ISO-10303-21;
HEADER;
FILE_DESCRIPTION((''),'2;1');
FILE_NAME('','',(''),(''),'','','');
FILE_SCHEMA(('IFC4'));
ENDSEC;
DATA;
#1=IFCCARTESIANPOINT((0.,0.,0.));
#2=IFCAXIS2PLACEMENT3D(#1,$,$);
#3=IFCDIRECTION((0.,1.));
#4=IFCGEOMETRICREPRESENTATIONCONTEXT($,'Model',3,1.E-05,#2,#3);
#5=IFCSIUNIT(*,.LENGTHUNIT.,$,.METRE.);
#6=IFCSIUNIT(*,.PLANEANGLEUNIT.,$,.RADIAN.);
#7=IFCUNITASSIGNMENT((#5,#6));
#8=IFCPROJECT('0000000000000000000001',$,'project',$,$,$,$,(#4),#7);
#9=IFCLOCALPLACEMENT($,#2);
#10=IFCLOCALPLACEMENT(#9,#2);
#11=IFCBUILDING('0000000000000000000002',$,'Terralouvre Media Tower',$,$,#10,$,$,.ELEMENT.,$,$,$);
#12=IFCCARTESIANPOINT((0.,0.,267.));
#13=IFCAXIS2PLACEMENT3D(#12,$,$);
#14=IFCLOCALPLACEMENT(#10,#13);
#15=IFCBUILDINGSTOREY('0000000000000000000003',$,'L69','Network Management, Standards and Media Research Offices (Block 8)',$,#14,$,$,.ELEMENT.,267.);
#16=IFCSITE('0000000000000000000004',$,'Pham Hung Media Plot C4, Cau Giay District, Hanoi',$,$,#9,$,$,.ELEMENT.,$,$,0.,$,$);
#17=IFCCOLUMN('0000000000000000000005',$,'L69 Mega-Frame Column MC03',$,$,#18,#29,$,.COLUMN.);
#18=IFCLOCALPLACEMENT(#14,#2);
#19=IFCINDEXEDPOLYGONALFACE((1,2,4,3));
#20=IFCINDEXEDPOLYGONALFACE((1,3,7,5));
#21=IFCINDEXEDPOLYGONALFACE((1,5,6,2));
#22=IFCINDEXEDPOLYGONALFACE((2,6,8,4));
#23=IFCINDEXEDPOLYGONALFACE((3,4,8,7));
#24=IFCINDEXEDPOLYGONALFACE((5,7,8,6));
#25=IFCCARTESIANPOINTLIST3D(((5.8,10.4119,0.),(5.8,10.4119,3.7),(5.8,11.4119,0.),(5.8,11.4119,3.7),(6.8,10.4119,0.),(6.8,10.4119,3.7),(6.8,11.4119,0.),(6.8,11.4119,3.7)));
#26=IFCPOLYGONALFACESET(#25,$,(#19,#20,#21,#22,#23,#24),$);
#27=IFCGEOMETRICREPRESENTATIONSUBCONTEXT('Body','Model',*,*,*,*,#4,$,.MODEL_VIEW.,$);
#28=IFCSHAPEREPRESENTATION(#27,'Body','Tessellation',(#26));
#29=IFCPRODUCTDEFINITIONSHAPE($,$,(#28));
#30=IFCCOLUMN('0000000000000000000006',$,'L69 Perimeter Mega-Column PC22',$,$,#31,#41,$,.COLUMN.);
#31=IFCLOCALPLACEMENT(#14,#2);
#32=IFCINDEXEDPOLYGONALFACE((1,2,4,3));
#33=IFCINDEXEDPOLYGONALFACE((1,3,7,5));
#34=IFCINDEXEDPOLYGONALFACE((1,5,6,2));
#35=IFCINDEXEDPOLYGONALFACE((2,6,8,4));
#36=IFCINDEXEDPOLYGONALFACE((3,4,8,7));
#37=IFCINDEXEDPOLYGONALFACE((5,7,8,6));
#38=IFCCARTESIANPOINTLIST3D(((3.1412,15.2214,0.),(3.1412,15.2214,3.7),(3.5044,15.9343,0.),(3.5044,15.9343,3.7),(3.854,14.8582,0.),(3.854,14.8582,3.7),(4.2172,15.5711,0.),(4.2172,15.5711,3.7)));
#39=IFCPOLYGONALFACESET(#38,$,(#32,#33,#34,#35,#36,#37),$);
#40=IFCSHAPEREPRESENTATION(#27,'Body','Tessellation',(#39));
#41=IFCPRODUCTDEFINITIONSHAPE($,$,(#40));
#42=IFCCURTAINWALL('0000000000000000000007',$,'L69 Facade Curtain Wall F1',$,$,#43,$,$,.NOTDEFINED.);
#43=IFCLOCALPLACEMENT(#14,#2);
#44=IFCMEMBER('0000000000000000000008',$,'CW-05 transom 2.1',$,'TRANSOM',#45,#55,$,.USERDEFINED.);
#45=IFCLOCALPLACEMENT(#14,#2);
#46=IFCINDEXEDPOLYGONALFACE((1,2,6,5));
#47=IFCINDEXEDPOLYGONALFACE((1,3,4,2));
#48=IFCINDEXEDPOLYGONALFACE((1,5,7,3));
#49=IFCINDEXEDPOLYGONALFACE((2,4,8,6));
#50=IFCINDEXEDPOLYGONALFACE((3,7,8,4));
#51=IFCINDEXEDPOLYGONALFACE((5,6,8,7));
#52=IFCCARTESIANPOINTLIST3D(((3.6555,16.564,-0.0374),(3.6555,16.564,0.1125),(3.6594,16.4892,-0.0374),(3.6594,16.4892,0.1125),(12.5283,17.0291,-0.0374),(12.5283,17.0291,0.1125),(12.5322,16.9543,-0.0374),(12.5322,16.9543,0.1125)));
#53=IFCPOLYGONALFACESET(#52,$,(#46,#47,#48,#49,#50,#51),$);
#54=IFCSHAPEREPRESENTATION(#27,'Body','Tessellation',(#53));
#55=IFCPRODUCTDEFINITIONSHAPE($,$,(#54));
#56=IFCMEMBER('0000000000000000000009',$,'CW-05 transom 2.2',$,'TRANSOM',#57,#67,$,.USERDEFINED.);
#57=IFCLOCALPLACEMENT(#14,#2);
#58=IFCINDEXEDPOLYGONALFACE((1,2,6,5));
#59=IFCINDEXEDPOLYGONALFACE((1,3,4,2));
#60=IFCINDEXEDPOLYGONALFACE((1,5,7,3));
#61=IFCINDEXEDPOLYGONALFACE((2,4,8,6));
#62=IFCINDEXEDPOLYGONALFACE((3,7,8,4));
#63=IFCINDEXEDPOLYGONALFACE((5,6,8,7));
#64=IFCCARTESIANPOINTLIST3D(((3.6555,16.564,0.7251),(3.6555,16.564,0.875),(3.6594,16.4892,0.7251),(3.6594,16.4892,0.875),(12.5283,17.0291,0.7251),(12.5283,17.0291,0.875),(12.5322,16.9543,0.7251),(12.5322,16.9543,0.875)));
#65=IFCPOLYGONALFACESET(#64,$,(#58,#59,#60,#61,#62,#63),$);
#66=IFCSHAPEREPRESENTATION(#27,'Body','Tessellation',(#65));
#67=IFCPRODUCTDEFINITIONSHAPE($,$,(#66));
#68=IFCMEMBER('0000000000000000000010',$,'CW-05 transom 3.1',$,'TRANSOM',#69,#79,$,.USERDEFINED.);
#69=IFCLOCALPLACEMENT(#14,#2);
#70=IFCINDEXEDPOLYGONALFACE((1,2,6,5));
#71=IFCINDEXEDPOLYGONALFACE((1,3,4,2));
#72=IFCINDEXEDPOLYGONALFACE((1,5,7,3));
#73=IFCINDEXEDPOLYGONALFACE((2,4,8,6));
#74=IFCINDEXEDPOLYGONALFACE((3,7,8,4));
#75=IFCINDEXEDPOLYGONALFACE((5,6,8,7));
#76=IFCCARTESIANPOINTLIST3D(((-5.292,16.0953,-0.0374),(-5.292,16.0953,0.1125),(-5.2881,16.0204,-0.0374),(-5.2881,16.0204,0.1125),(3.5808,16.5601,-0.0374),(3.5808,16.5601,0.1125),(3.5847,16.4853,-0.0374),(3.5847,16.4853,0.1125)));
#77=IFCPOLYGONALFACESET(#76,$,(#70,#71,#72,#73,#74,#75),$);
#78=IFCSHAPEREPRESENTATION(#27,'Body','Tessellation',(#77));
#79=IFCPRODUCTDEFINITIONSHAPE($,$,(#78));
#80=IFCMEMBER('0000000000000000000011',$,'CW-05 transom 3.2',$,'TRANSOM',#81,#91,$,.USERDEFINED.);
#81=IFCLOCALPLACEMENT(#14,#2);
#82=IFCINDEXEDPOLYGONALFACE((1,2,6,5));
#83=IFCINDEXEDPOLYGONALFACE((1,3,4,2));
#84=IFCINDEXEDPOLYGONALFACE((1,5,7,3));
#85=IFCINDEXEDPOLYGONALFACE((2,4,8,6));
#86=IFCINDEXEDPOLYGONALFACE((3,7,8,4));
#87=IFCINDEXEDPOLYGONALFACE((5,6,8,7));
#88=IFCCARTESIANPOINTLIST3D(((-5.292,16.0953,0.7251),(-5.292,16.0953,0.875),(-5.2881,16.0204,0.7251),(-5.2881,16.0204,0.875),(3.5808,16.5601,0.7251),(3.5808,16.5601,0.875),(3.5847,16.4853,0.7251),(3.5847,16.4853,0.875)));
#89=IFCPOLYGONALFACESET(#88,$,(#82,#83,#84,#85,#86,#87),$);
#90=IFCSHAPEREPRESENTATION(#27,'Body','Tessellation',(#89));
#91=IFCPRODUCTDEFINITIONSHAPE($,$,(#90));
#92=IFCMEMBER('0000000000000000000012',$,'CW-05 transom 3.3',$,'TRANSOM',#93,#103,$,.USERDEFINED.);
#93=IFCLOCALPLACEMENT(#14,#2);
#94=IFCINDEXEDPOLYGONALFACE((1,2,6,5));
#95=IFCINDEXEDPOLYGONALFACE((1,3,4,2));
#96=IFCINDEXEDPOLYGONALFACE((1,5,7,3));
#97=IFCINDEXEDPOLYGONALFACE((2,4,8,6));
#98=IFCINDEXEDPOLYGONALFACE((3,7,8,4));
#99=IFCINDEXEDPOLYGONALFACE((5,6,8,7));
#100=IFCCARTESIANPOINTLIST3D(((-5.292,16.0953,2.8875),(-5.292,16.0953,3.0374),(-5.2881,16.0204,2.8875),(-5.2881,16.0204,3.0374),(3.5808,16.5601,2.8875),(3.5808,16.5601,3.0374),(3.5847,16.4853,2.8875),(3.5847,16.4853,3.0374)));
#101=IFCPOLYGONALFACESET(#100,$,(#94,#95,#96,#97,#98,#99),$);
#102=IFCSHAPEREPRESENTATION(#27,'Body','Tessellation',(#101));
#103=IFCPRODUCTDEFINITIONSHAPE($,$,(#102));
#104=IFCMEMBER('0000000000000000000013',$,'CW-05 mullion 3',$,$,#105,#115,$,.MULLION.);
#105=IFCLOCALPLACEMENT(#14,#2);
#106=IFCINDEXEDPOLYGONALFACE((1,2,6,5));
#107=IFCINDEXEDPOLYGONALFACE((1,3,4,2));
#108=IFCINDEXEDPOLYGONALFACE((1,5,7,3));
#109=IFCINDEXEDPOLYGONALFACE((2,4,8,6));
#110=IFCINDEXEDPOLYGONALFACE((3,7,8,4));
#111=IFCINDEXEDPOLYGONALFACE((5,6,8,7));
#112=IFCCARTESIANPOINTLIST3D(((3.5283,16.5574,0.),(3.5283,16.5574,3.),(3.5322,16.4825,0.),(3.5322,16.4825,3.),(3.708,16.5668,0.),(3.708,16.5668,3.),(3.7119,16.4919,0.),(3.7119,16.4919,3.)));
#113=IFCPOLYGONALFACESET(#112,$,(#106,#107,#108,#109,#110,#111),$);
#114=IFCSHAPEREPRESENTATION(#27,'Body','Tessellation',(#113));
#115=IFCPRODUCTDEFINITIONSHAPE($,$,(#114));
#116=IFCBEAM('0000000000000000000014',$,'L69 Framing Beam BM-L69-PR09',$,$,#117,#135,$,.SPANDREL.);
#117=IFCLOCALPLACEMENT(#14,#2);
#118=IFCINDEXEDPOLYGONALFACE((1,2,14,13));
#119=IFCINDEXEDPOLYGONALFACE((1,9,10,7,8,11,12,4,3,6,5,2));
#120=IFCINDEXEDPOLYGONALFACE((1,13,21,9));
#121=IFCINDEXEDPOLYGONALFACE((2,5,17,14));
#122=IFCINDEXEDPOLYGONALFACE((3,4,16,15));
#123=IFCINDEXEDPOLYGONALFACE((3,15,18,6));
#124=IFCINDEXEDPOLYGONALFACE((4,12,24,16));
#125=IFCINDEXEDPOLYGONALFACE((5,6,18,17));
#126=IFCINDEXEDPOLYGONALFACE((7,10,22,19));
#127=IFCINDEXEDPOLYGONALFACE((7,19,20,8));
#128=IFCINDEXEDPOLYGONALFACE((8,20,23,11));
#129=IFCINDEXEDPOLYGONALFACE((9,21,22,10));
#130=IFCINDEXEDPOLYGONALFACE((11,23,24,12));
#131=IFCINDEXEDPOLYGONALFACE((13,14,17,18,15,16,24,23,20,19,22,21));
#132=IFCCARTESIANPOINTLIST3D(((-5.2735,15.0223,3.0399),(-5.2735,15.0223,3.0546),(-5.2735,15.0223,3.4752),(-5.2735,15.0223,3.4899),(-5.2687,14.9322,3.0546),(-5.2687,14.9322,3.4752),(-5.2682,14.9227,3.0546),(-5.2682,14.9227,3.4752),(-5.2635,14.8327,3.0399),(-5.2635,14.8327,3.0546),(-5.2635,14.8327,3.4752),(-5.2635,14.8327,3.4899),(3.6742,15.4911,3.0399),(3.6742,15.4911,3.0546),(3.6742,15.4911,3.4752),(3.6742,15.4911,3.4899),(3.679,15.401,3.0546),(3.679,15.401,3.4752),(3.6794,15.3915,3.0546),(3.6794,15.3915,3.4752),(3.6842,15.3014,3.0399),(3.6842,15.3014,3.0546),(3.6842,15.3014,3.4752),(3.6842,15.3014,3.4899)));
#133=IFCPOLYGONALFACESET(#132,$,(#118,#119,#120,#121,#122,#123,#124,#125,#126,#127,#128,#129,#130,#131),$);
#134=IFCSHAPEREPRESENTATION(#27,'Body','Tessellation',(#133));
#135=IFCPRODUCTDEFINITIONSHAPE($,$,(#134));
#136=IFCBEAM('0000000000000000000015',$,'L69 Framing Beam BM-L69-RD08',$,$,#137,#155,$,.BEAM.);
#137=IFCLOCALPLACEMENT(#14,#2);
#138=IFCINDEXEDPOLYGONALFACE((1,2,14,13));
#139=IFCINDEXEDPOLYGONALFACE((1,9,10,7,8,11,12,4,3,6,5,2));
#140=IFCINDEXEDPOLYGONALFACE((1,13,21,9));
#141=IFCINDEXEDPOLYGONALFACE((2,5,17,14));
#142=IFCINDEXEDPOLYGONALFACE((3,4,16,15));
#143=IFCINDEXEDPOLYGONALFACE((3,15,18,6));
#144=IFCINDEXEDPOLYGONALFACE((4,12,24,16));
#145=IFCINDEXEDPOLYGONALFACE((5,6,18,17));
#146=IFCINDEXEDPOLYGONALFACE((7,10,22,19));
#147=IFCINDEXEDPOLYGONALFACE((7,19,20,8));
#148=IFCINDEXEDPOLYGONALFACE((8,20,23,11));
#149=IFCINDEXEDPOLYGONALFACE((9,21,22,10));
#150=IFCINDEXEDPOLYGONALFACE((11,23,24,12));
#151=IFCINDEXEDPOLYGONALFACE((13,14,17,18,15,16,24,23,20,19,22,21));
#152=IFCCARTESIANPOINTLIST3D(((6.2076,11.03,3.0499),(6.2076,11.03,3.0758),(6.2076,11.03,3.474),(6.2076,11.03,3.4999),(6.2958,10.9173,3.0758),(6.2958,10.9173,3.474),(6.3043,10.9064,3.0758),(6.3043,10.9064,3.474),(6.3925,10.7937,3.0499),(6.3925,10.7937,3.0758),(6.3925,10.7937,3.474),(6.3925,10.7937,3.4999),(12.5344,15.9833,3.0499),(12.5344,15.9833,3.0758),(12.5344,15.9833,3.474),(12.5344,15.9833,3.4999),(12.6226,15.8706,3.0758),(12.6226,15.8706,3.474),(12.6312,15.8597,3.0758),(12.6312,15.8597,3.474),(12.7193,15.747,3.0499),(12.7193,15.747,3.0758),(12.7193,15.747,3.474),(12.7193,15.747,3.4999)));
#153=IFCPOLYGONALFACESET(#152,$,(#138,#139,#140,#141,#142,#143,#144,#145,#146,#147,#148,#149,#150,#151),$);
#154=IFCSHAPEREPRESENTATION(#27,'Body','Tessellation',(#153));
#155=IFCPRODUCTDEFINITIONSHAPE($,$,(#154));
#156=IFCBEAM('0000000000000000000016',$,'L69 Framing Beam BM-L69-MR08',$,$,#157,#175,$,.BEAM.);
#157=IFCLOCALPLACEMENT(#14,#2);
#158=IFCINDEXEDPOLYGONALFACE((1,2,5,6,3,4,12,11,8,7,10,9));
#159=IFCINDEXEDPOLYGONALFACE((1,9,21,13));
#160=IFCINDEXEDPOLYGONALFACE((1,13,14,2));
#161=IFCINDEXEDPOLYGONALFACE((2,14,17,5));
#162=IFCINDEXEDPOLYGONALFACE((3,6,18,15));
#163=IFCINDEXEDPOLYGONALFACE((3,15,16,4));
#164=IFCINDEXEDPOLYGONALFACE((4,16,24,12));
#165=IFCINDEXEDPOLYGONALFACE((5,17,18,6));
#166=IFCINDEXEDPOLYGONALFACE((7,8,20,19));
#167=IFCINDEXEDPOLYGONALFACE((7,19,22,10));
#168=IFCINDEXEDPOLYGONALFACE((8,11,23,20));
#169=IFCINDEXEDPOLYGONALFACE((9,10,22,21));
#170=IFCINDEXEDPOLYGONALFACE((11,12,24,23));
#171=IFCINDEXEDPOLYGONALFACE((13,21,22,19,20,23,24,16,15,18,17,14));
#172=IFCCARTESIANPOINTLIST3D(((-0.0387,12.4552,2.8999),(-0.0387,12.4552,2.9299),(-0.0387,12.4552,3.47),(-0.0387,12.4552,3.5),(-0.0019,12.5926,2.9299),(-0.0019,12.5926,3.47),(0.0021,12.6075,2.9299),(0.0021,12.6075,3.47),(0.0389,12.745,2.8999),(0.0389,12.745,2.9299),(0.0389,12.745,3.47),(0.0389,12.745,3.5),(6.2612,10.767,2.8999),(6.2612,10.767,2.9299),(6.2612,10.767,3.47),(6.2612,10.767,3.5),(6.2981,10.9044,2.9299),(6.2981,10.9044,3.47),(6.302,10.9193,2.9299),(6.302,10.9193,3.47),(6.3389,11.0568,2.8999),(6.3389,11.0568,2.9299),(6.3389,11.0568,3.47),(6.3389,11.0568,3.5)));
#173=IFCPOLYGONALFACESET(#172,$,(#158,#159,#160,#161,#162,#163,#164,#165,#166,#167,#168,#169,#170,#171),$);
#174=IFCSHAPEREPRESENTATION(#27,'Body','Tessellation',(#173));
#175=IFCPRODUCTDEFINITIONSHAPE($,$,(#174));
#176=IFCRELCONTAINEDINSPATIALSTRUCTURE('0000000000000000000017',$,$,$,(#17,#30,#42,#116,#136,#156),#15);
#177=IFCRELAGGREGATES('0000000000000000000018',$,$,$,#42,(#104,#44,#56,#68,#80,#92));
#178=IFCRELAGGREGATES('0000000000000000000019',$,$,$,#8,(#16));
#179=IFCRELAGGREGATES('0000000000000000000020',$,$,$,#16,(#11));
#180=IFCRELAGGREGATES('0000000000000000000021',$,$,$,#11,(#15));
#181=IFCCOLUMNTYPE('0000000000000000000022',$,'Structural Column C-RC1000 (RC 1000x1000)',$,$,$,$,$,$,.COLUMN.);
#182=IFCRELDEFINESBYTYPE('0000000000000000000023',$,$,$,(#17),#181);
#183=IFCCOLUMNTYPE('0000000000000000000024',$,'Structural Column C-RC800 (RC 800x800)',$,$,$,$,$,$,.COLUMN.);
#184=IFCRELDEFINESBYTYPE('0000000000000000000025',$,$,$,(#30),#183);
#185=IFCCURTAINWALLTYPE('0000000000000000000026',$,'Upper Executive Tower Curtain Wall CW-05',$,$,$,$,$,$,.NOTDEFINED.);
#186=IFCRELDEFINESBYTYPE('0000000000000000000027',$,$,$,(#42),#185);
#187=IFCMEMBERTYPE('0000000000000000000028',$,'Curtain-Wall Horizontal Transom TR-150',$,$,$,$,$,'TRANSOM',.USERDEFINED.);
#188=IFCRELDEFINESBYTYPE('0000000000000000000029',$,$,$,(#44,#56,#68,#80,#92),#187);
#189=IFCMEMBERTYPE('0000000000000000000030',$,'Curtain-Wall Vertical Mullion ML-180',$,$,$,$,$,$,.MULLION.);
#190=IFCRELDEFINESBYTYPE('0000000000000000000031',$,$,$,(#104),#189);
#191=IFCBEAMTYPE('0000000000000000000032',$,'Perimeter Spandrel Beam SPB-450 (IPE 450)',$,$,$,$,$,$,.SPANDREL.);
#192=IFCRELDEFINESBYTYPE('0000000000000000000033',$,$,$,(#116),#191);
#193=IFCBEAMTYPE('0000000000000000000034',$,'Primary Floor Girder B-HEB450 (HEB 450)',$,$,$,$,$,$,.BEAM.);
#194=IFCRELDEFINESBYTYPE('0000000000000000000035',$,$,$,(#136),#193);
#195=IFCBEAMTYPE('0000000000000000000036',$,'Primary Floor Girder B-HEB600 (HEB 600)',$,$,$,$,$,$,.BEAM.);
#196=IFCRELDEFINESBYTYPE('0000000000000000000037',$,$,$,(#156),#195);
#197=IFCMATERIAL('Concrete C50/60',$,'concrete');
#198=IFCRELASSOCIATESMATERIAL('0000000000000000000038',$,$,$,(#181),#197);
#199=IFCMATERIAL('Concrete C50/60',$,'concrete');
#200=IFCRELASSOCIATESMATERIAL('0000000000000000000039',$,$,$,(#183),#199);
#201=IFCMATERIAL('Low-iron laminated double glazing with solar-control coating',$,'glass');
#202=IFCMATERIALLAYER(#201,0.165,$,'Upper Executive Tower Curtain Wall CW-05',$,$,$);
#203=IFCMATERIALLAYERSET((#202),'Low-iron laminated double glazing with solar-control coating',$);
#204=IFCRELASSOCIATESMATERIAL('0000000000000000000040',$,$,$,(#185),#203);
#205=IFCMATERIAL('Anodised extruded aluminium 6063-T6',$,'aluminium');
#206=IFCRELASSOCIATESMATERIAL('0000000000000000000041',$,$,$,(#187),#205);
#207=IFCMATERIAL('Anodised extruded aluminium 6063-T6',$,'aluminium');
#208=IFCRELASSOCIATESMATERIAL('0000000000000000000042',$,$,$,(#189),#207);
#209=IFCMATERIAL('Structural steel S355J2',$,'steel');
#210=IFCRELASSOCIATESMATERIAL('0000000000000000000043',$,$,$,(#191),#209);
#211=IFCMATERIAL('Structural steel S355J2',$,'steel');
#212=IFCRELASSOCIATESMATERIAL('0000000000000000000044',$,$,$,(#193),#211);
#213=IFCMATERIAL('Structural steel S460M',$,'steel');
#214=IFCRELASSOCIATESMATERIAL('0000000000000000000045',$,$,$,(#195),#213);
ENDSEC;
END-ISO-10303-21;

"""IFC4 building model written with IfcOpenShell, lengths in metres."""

from ifc_helpers import new_model, si_unit, direction, frame, origin, origin_2d, place, context, subcontext, project, spatial, rectangle, i_section, extrude, material, layer, layer_set, material_profile, profile_set, type_object, element, aggregate, save


model = new_model("IFC4")

# Units and contexts
model_context = context("Model", 3, precision=1e-05, world=origin(), true_north=direction((0.0, 1.0)))
body_context = subcontext(model_context, "Body", "Model", "MODEL_VIEW")
ifc_project = project(units=[si_unit("LENGTHUNIT", "METRE"), si_unit("PLANEANGLEUNIT", "RADIAN")], contexts=[model_context])

# Site, building, storey
site_placement = place(None, origin())
site = spatial("IfcSite", under=ifc_project, at=site_placement, Name="Pham Hung Media Plot C4, Cau Giay District, Hanoi", CompositionType="ELEMENT", RefElevation=0.0)
building_placement = place(site_placement, origin())
building = spatial("IfcBuilding", under=site, at=building_placement, Name="Terralouvre Media Tower", CompositionType="ELEMENT")
storey_placement = place(building_placement, frame((0.0, 0.0, 267.0)))
storey = spatial("IfcBuildingStorey", under=building, at=storey_placement, Name="L69", Description="Network Management, Standards and Media Research Offices (Block 8)", CompositionType="ELEMENT", Elevation=267.0)

# Columns
ifc_material_1 = material(Name="Concrete C50/60", Category="concrete")
ifc_material_profile_1 = material_profile(ifc_material_1, rectangle(XDim=1.0, YDim=1.0, at=origin_2d()), Name="RC 1000x1000")
ifc_profile_set_1 = profile_set([ifc_material_profile_1], Name="Concrete C50/60")
column_type_1 = type_object("IfcColumnType", Name="Structural Column C-RC1000 (RC 1000x1000)", PredefinedType="COLUMN", material=ifc_profile_set_1)
column_1_placement = place(storey_placement, frame((6.3, 10.9119, 0.0), z_axis=(0.0, 0.0, 1.0), x_axis=(1.0, 0.0, 0.0)))
element("IfcColumn", 1, at=column_1_placement, inside=storey, type_object=column_type_1, Name="L69 Mega-Frame Column MC03", PredefinedType="COLUMN", context=body_context, shape_type="SweptSolid", body=[
    extrude(rectangle(XDim=1.0, YDim=1.0, at=origin_2d()), origin(), (0.0, 0.0, 1.0), 3.7),
])
ifc_material_2 = material(Name="Concrete C50/60", Category="concrete")
ifc_material_profile_2 = material_profile(ifc_material_2, rectangle(XDim=0.8, YDim=0.8, at=origin_2d()), Name="RC 800x800")
ifc_profile_set_2 = profile_set([ifc_material_profile_2], Name="Concrete C50/60")
column_type_2 = type_object("IfcColumnType", Name="Structural Column C-RC800 (RC 800x800)", PredefinedType="COLUMN", material=ifc_profile_set_2)
column_2_placement = place(storey_placement, frame((3.6792, 15.3962, 0.0), z_axis=(0.0, 0.0, 1.0), x_axis=(0.45399, 0.891007, 0.0)))
element("IfcColumn", 2, at=column_2_placement, inside=storey, type_object=column_type_2, Name="L69 Perimeter Mega-Column PC22", PredefinedType="COLUMN", context=body_context, shape_type="SweptSolid", body=[
    extrude(rectangle(XDim=0.8, YDim=0.8, at=origin_2d()), origin(), (0.0, 0.0, 1.0), 3.7),
])

# Curtain wall, members
ifc_material_3 = material(Name="Low-iron laminated double glazing with solar-control coating", Category="glass")
ifc_layer_1 = layer(ifc_material_3, 0.165, Name="Upper Executive Tower Curtain Wall CW-05")
ifc_layer_set_1 = layer_set([ifc_layer_1], Name="Low-iron laminated double glazing with solar-control coating")
curtain_wall_type = type_object("IfcCurtainWallType", Name="Upper Executive Tower Curtain Wall CW-05", PredefinedType="NOTDEFINED", material=ifc_layer_set_1)
curtain_wall_placement = place(storey_placement, origin())
curtain_wall = element("IfcCurtainWall", 3, at=curtain_wall_placement, inside=storey, type_object=curtain_wall_type, Name="L69 Facade Curtain Wall F1", PredefinedType="NOTDEFINED")
ifc_material_4 = material(Name="Anodised extruded aluminium 6063-T6", Category="aluminium")
ifc_material_profile_3 = material_profile(ifc_material_4, rectangle(XDim=0.075, YDim=0.1499, at=origin_2d()), Name="ALU 75x150")
ifc_profile_set_3 = profile_set([ifc_material_profile_3], Name="Anodised extruded aluminium 6063-T6")
member_type_1 = type_object("IfcMemberType", Name="Curtain-Wall Horizontal Transom TR-150", ElementType="TRANSOM", PredefinedType="USERDEFINED", material=ifc_profile_set_3)
member_1_placement = place(storey_placement, frame((12.5303, 16.9917, 0.0376), z_axis=(-0.998629, -0.052345, 0.0), x_axis=(0.052345, -0.998629, 0.0)))
member_1 = element("IfcMember", 4, at=member_1_placement, type_object=member_type_1, Name="CW-05 transom 2.1", ObjectType="TRANSOM", PredefinedType="USERDEFINED", context=body_context, shape_type="SweptSolid", body=[
    extrude(rectangle(XDim=0.075, YDim=0.1499, at=origin_2d()), origin(), (0.0, 0.0, 1.0), 8.885),
])
member_2_placement = place(storey_placement, frame((12.5303, 16.9917, 0.8), z_axis=(-0.998629, -0.052345, 0.0), x_axis=(0.052345, -0.998629, 0.0)))
member_2 = element("IfcMember", 5, at=member_2_placement, type_object=member_type_1, Name="CW-05 transom 2.2", ObjectType="TRANSOM", PredefinedType="USERDEFINED", context=body_context, shape_type="SweptSolid", body=[
    extrude(rectangle(XDim=0.075, YDim=0.1499, at=origin_2d()), origin(), (0.0, 0.0, 1.0), 8.885),
])
member_3_placement = place(storey_placement, frame((3.5828, 16.5227, 0.0376), z_axis=(-0.99863, -0.052318, 0.0), x_axis=(0.052318, -0.99863, 0.0)))
member_3 = element("IfcMember", 6, at=member_3_placement, type_object=member_type_1, Name="CW-05 transom 3.1", ObjectType="TRANSOM", PredefinedType="USERDEFINED", context=body_context, shape_type="SweptSolid", body=[
    extrude(rectangle(XDim=0.075, YDim=0.1499, at=origin_2d()), origin(), (0.0, 0.0, 1.0), 8.885),
])
member_4_placement = place(storey_placement, frame((3.5828, 16.5227, 0.8), z_axis=(-0.99863, -0.052318, 0.0), x_axis=(0.052318, -0.99863, 0.0)))
member_4 = element("IfcMember", 7, at=member_4_placement, type_object=member_type_1, Name="CW-05 transom 3.2", ObjectType="TRANSOM", PredefinedType="USERDEFINED", context=body_context, shape_type="SweptSolid", body=[
    extrude(rectangle(XDim=0.075, YDim=0.1499, at=origin_2d()), origin(), (0.0, 0.0, 1.0), 8.885),
])
member_5_placement = place(storey_placement, frame((3.5828, 16.5227, 2.9624), z_axis=(-0.99863, -0.052318, 0.0), x_axis=(0.052318, -0.99863, 0.0)))
member_5 = element("IfcMember", 8, at=member_5_placement, type_object=member_type_1, Name="CW-05 transom 3.3", ObjectType="TRANSOM", PredefinedType="USERDEFINED", context=body_context, shape_type="SweptSolid", body=[
    extrude(rectangle(XDim=0.075, YDim=0.1499, at=origin_2d()), origin(), (0.0, 0.0, 1.0), 8.885),
])
ifc_material_5 = material(Name="Anodised extruded aluminium 6063-T6", Category="aluminium")
ifc_material_profile_4 = material_profile(ifc_material_5, rectangle(XDim=0.075, YDim=0.1799, at=origin_2d()), Name="ALU 75x180")
ifc_profile_set_4 = profile_set([ifc_material_profile_4], Name="Anodised extruded aluminium 6063-T6")
member_type_2 = type_object("IfcMemberType", Name="Curtain-Wall Vertical Mullion ML-180", PredefinedType="MULLION", material=ifc_profile_set_4)
member_6_placement = place(storey_placement, frame((3.6201, 16.5247, 0.0), z_axis=(0.0, 0.0, 1.0), x_axis=(0.052336, -0.99863, 0.0)))
member_6 = element("IfcMember", 9, at=member_6_placement, type_object=member_type_2, Name="CW-05 mullion 3", PredefinedType="MULLION", context=body_context, shape_type="SweptSolid", body=[
    extrude(rectangle(XDim=0.075, YDim=0.1799, at=origin_2d()), origin(), (0.0, 0.0, 1.0), 3.0),
])

# Beams
ifc_material_6 = material(Name="Structural steel S355J2", Category="steel")
ifc_material_profile_5 = material_profile(ifc_material_6, i_section(OverallWidth=0.1899, OverallDepth=0.45, WebThickness=0.0095, FlangeThickness=0.0146, at=origin_2d()), Name="IPE 450")
ifc_profile_set_5 = profile_set([ifc_material_profile_5], Name="Structural steel S355J2")
beam_type_1 = type_object("IfcBeamType", Name="Perimeter Spandrel Beam SPB-450 (IPE 450)", PredefinedType="SPANDREL", material=ifc_profile_set_5)
beam_1_placement = place(storey_placement, frame((3.6792, 15.3962, 3.2649), z_axis=(-0.998631, -0.052316, 0.0), x_axis=(0.052316, -0.998631, 0.0)))
element("IfcBeam", 10, at=beam_1_placement, inside=storey, type_object=beam_type_1, Name="L69 Framing Beam BM-L69-PR09", PredefinedType="SPANDREL", context=body_context, shape_type="SweptSolid", body=[
    extrude(i_section(OverallWidth=0.1899, OverallDepth=0.45, WebThickness=0.0095, FlangeThickness=0.0146, at=origin_2d()), origin(), (0.0, 0.0, 1.0), 8.96),
])
ifc_material_7 = material(Name="Structural steel S355J2", Category="steel")
ifc_material_profile_6 = material_profile(ifc_material_7, i_section(OverallWidth=0.3, OverallDepth=0.45, WebThickness=0.0139, FlangeThickness=0.0259, at=origin_2d()), Name="HEB 450")
ifc_profile_set_6 = profile_set([ifc_material_profile_6], Name="Structural steel S355J2")
beam_type_2 = type_object("IfcBeamType", Name="Primary Floor Girder B-HEB450 (HEB 450)", PredefinedType="BEAM", material=ifc_profile_set_6)
beam_2_placement = place(storey_placement, frame((6.3, 10.9119, 3.2749), z_axis=(0.787392, 0.616453, 0.0), x_axis=(-0.616453, 0.787392, 0.0)))
element("IfcBeam", 11, at=beam_2_placement, inside=storey, type_object=beam_type_2, Name="L69 Framing Beam BM-L69-RD08", PredefinedType="BEAM", context=body_context, shape_type="SweptSolid", body=[
    extrude(i_section(OverallWidth=0.3, OverallDepth=0.45, WebThickness=0.0139, FlangeThickness=0.0259, at=origin_2d()), origin(), (0.0, 0.0, 1.0), 8.0352),
])
ifc_material_8 = material(Name="Structural steel S460M", Category="steel")
ifc_material_profile_7 = material_profile(ifc_material_8, i_section(OverallWidth=0.3, OverallDepth=0.6001, WebThickness=0.0154, FlangeThickness=0.03, at=origin_2d()), Name="HEB 600")
ifc_profile_set_7 = profile_set([ifc_material_profile_7], Name="Structural steel S460M")
beam_type_3 = type_object("IfcBeamType", Name="Primary Floor Girder B-HEB600 (HEB 600)", PredefinedType="BEAM", material=ifc_profile_set_7)
beam_3_placement = place(storey_placement, frame((6.3, 10.9119, 3.2), z_axis=(-0.96592, 0.258839, 0.0), x_axis=(-0.258839, -0.96592, 0.0)))
element("IfcBeam", 12, at=beam_3_placement, inside=storey, type_object=beam_type_3, Name="L69 Framing Beam BM-L69-MR08", PredefinedType="BEAM", context=body_context, shape_type="SweptSolid", body=[
    extrude(i_section(OverallWidth=0.3, OverallDepth=0.6001, WebThickness=0.0154, FlangeThickness=0.03, at=origin_2d()), origin(), (0.0, 0.0, 1.0), 6.5222),
])

aggregate(curtain_wall, [member_6, member_1, member_2, member_3, member_4, member_5])

save(model, "model.ifc")
